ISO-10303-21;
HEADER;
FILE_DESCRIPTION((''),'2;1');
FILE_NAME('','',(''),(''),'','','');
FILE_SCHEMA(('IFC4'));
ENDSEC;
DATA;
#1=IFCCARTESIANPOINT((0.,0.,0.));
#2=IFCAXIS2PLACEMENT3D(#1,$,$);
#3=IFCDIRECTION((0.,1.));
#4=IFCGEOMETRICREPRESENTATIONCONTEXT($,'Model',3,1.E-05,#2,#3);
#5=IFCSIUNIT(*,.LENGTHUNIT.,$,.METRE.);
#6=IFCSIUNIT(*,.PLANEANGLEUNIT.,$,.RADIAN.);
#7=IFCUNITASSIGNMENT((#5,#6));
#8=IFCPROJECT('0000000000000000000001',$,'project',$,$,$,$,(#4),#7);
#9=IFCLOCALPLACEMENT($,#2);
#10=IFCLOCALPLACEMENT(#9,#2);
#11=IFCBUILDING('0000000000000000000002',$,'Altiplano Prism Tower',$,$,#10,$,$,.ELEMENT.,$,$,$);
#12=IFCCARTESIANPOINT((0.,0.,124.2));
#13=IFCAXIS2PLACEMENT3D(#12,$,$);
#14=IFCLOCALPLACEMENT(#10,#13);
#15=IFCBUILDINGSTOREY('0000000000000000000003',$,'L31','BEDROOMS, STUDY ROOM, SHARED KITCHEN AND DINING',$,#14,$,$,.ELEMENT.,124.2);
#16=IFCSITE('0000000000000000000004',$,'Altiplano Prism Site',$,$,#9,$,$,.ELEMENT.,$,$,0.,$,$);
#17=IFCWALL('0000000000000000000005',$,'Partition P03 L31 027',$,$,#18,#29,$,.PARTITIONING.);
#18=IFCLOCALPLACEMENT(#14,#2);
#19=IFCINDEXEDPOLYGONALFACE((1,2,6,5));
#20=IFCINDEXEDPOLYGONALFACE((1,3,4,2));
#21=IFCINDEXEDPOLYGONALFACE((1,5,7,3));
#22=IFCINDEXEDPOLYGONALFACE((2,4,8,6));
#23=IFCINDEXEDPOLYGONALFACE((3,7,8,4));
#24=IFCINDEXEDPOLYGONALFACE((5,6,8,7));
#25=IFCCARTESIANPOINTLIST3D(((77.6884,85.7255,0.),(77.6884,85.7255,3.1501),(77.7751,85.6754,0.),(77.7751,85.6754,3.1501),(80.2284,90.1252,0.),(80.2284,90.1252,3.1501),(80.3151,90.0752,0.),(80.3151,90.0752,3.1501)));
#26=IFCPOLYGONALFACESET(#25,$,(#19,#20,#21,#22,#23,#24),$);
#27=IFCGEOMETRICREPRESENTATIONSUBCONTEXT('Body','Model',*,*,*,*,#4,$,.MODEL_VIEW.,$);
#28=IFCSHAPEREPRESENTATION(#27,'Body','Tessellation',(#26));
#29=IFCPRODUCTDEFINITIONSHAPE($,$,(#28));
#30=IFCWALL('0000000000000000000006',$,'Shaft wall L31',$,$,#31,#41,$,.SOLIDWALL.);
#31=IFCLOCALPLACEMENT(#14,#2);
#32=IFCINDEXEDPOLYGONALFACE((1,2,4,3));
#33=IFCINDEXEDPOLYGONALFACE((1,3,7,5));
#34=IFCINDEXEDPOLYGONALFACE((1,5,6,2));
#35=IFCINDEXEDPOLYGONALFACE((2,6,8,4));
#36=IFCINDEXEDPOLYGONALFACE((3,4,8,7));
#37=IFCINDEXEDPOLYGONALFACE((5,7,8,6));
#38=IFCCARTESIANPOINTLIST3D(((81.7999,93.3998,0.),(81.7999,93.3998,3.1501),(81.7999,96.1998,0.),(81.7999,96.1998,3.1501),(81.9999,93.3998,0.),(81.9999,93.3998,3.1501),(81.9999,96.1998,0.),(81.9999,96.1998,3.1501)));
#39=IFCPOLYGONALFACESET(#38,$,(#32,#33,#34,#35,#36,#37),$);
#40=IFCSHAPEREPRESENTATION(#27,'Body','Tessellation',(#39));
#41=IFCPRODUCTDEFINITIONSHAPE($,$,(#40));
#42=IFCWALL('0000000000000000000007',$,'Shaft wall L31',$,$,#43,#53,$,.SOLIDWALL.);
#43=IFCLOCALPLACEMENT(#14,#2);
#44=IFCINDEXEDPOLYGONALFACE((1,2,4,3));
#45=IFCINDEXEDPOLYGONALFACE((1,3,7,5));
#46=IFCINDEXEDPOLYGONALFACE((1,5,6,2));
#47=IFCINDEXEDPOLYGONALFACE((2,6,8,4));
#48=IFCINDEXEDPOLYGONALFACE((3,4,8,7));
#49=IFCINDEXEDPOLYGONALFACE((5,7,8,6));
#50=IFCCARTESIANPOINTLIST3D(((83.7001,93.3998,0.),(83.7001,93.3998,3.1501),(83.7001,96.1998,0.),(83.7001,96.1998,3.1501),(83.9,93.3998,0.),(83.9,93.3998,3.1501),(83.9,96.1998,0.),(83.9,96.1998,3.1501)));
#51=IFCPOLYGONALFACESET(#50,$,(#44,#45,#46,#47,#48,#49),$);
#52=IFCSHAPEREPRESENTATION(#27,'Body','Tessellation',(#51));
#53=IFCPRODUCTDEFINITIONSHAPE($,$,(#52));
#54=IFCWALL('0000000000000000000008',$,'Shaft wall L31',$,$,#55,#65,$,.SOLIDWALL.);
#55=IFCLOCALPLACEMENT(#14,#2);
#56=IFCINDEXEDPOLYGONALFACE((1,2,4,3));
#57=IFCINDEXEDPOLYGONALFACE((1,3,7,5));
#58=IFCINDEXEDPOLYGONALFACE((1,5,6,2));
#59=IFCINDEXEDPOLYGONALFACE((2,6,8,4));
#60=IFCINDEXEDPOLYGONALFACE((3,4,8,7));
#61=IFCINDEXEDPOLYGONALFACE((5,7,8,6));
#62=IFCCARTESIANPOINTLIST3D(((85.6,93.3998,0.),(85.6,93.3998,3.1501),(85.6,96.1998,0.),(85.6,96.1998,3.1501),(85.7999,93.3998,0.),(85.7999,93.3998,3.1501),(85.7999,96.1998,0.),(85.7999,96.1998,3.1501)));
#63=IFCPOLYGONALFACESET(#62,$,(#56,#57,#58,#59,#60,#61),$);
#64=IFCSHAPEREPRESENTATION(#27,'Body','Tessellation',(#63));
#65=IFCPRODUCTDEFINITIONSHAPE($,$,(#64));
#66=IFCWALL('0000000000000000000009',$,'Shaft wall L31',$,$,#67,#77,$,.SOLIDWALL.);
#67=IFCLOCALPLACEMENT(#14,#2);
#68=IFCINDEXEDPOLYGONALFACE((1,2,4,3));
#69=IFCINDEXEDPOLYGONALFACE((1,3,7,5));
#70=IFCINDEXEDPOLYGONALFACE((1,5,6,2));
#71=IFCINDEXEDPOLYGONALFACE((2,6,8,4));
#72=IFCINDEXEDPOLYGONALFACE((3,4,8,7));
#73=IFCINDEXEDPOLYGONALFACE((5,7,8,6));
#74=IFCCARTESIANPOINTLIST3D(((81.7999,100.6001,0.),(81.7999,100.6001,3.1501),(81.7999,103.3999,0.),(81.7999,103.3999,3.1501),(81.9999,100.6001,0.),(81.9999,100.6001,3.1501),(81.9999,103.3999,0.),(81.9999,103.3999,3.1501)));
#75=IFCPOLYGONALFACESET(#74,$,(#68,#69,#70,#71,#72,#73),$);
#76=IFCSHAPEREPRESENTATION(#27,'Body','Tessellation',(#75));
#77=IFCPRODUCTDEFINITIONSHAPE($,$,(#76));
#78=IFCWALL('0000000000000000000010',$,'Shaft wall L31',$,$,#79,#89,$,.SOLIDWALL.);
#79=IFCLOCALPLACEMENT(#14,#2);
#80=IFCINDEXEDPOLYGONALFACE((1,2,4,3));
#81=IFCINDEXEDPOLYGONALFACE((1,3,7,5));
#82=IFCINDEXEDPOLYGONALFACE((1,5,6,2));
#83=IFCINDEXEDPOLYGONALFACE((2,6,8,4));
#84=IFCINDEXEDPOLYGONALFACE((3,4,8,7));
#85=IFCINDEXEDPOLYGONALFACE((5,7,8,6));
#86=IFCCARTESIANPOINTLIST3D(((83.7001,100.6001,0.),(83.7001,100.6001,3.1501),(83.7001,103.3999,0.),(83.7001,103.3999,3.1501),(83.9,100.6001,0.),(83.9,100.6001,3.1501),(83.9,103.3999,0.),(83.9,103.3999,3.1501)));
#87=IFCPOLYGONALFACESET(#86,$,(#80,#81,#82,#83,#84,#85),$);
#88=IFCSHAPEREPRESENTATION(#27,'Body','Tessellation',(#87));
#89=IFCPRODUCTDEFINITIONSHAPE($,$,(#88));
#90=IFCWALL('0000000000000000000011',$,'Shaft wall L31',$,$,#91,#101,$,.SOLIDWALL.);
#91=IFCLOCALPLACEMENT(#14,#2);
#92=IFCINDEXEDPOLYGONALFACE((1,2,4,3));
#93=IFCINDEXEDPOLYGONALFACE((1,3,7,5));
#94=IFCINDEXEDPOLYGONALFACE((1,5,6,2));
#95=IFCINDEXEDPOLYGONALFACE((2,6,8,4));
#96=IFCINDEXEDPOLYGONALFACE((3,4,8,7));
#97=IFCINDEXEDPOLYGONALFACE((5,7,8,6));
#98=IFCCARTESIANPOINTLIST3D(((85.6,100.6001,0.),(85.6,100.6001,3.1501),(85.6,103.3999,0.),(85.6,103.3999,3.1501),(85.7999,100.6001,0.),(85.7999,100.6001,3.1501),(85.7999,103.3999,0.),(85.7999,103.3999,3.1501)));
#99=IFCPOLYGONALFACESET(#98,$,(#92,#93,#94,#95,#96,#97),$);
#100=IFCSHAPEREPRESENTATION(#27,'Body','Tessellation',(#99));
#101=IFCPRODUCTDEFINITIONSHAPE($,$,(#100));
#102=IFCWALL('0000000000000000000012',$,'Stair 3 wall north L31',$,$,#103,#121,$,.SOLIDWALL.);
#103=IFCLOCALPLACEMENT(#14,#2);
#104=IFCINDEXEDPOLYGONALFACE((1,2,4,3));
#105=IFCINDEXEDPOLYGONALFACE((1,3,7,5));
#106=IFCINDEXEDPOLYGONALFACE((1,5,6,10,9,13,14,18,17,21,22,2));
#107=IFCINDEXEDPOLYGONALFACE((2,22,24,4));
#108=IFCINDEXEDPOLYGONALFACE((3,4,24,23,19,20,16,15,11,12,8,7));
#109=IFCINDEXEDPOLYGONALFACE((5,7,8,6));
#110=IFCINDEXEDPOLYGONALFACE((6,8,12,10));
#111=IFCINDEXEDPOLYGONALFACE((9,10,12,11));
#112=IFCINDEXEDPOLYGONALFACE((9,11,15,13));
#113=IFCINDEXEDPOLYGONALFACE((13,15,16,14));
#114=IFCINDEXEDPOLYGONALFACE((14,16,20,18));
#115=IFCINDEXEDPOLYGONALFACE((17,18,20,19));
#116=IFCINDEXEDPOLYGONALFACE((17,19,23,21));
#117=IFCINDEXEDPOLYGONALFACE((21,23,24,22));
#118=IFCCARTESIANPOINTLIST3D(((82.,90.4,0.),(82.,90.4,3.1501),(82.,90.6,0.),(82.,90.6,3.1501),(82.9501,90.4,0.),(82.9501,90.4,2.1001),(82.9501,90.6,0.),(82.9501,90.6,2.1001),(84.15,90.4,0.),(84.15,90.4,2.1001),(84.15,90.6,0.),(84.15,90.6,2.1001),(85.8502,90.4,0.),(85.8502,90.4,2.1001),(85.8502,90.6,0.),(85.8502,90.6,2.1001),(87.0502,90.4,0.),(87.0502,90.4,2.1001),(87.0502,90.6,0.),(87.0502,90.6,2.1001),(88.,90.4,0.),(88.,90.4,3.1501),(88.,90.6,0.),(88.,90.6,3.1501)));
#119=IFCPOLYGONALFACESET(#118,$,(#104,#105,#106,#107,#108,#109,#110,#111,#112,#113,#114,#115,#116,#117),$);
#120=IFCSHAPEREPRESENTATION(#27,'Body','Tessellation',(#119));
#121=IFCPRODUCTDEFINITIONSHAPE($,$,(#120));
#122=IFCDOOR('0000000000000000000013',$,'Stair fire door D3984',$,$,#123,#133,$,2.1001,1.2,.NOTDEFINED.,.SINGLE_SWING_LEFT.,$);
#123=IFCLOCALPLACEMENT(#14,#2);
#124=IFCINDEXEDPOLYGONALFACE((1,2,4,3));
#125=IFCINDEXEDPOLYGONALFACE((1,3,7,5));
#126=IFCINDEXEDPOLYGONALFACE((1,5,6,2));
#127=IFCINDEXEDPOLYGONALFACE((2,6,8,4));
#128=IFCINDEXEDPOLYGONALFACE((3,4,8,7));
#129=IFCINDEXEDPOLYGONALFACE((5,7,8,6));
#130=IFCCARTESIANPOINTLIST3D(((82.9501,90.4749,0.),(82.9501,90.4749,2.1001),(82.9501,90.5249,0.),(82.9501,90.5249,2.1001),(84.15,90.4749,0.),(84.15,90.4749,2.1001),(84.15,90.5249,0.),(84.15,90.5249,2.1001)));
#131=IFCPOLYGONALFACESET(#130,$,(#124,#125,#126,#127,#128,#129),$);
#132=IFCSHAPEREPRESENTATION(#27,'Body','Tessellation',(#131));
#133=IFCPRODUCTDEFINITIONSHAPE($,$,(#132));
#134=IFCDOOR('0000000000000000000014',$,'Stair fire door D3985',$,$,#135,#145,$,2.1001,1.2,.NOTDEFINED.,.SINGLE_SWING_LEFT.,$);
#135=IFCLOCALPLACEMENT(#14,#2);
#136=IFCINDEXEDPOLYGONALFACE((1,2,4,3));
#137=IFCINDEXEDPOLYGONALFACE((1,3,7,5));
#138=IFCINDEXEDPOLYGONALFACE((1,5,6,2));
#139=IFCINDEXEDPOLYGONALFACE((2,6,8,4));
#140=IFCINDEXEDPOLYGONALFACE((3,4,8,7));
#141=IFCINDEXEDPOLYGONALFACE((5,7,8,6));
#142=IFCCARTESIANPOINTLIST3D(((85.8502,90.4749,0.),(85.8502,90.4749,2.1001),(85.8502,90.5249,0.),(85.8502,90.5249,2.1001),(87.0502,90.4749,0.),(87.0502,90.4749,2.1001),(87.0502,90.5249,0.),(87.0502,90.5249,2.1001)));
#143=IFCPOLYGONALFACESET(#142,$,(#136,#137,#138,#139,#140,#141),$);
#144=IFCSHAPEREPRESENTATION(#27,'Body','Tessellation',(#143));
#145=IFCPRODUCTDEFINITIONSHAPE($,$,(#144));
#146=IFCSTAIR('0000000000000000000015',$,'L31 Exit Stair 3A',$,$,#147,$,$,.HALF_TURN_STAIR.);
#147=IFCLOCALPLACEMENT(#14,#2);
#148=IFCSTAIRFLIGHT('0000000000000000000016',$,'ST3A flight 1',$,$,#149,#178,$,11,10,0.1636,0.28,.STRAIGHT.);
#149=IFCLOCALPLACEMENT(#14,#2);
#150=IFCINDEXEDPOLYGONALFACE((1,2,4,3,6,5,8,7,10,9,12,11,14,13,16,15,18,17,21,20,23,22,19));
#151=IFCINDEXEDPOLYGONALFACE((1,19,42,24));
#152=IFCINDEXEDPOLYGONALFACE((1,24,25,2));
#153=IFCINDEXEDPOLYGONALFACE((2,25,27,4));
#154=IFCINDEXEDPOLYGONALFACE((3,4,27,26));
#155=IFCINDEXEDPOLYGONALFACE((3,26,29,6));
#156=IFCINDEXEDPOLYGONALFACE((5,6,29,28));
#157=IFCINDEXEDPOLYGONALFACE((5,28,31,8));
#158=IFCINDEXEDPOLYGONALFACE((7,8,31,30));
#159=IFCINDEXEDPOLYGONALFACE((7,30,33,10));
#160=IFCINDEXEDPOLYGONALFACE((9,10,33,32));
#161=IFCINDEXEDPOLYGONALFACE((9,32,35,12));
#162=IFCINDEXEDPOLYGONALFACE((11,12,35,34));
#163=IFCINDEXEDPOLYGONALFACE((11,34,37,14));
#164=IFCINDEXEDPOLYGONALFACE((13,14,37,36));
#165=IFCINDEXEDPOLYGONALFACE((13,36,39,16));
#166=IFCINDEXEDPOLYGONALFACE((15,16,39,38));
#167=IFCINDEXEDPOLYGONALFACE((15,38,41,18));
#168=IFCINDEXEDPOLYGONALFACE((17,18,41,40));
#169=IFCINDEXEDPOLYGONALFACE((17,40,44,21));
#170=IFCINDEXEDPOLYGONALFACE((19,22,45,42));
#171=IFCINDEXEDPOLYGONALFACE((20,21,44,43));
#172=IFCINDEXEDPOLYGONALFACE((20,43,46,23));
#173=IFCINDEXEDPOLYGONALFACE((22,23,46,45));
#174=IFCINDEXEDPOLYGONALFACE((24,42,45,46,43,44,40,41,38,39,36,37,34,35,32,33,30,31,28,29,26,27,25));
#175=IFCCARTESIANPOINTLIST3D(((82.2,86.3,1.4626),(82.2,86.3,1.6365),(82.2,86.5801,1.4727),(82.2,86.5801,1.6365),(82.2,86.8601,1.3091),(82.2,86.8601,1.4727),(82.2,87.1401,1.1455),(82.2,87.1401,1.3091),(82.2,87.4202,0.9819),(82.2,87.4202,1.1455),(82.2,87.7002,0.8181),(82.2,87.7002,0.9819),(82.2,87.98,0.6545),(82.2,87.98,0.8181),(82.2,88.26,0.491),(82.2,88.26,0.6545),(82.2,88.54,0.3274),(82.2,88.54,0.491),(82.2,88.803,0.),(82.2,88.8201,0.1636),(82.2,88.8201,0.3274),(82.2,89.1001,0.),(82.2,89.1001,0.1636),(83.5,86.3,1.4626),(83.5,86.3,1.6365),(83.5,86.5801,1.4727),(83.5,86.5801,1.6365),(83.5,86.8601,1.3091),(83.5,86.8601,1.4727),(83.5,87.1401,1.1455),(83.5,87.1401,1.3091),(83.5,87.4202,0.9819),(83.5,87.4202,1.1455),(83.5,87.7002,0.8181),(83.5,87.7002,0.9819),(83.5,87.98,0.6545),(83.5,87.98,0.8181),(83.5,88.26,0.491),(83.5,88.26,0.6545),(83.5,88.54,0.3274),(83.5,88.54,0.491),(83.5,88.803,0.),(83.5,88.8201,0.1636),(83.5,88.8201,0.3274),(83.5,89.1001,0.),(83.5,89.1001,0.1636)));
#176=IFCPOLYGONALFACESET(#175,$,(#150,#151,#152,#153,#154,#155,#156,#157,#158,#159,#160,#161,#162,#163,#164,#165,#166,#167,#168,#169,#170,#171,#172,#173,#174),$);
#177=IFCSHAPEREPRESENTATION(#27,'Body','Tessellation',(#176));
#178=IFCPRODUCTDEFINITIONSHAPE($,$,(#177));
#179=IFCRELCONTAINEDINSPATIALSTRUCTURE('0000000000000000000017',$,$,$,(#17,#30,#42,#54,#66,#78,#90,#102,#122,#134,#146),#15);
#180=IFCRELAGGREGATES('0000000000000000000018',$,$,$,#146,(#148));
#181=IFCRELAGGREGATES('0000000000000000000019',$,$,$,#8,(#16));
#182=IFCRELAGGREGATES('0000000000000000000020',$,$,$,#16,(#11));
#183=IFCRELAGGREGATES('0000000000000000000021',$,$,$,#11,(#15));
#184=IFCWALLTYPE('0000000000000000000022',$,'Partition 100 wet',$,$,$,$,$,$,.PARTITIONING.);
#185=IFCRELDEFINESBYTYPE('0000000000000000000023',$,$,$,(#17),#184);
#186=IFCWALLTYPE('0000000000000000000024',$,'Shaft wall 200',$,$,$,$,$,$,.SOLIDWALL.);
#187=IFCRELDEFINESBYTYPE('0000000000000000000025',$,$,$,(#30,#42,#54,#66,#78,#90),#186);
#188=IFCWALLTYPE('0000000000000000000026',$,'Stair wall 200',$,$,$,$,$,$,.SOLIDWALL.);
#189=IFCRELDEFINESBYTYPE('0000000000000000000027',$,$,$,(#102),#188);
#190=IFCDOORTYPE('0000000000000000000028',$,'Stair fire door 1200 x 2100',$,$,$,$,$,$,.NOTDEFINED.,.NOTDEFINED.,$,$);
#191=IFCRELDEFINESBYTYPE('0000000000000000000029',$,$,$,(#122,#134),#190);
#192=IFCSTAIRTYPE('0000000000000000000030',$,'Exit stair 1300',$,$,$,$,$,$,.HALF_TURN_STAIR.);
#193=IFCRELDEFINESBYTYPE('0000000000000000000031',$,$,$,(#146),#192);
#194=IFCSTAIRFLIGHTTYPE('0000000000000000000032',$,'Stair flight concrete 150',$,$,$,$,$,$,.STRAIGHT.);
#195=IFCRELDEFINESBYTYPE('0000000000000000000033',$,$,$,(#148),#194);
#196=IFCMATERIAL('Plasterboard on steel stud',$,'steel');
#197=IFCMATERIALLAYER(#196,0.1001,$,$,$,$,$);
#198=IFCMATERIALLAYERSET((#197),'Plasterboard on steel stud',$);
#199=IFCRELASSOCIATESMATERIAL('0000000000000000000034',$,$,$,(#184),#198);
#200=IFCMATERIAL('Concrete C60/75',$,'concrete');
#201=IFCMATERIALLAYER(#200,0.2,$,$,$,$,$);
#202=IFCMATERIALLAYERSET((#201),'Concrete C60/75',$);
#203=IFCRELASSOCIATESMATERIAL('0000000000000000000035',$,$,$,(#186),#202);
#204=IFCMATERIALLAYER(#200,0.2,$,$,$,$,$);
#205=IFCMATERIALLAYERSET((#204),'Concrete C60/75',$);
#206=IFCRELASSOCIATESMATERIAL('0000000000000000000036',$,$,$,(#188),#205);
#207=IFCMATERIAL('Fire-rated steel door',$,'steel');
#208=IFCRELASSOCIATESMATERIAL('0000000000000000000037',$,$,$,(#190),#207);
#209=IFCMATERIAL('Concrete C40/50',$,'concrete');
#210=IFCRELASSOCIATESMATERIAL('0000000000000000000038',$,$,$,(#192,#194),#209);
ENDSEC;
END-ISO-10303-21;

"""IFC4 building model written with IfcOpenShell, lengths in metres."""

from ifc_helpers import new_model, si_unit, direction, frame, frame_2d, origin, place, context, subcontext, project, spatial, polyline, rectangle, outline, extrude, material, layer, layer_set, type_object, element, fill, aggregate, save


model = new_model("IFC4")

# Units and contexts
model_context = context("Model", 3, precision=1e-05, world=origin(), true_north=direction((0.0, 1.0)))
body_context = subcontext(model_context, "Body", "Model", "MODEL_VIEW")
ifc_project = project(units=[si_unit("LENGTHUNIT", "METRE"), si_unit("PLANEANGLEUNIT", "RADIAN")], contexts=[model_context])

# Site, building, storey
site_placement = place(None, origin())
site = spatial("IfcSite", under=ifc_project, at=site_placement, Name="Altiplano Prism Site", CompositionType="ELEMENT", RefElevation=0.0)
building_placement = place(site_placement, origin())
building = spatial("IfcBuilding", under=site, at=building_placement, Name="Altiplano Prism Tower", CompositionType="ELEMENT")
storey_placement = place(building_placement, frame((0.0, 0.0, 124.2)))
storey = spatial("IfcBuildingStorey", under=building, at=storey_placement, Name="L31", Description="BEDROOMS, STUDY ROOM, SHARED KITCHEN AND DINING", CompositionType="ELEMENT", Elevation=124.2)

# Walls
ifc_material_1 = material(Name="Plasterboard on steel stud", Category="steel")
ifc_layer_1 = layer(ifc_material_1, 0.1001)
ifc_layer_set_1 = layer_set([ifc_layer_1], Name="Plasterboard on steel stud")
wall_type_1 = type_object("IfcWallType", Name="Partition 100 wet", PredefinedType="PARTITIONING", material=ifc_layer_set_1)
wall_1_placement = place(storey_placement, frame((80.2717, 90.1001, 0.0), z_axis=(0.0, 0.0, 1.0), x_axis=(-0.499985, -0.866034, 0.0)))
element("IfcWall", 1, at=wall_1_placement, inside=storey, type_object=wall_type_1, Name="Partition P03 L31 027", PredefinedType="PARTITIONING", context=body_context, shape_type="SweptSolid", body=[
    extrude(rectangle(XDim=5.0803, YDim=0.1001, at=frame_2d((2.54, 0.0))), origin(), (0.0, 0.0, 1.0), 3.1501),
])
ifc_material_2 = material(Name="Concrete C60/75", Category="concrete")
ifc_layer_2 = layer(ifc_material_2, 0.2)
ifc_layer_set_2 = layer_set([ifc_layer_2], Name="Concrete C60/75")
wall_type_2 = type_object("IfcWallType", Name="Shaft wall 200", PredefinedType="SOLIDWALL", material=ifc_layer_set_2)
for number, where, z_axis, x_axis, name in (
    (2, (81.8999, 93.3999, 0.0), (0.0, 0.0, 1.0), (0.0, 1.0, 0.0), "Shaft wall L31"),
    (3, (83.8, 93.3999, 0.0), (0.0, 0.0, 1.0), (0.0, 1.0, 0.0), "Shaft wall L31"),
    (4, (85.7, 93.3999, 0.0), (0.0, 0.0, 1.0), (0.0, 1.0, 0.0), "Shaft wall L31"),
):
    element("IfcWall", number, at=place(storey_placement, frame(where, z_axis=z_axis, x_axis=x_axis)), inside=storey, type_object=wall_type_2, Name=name, PredefinedType="SOLIDWALL", context=body_context, shape_type="SweptSolid", body=[
        extrude(rectangle(XDim=2.8, YDim=0.2, at=frame_2d((1.3999, 0.0))), origin(), (0.0, 0.0, 1.0), 3.1501),
    ])
for number, where, z_axis, x_axis, name in (
    (5, (81.8999, 100.6001, 0.0), (0.0, 0.0, 1.0), (0.0, 1.0, 0.0), "Shaft wall L31"),
    (6, (83.8, 100.6001, 0.0), (0.0, 0.0, 1.0), (0.0, 1.0, 0.0), "Shaft wall L31"),
    (7, (85.7, 100.6001, 0.0), (0.0, 0.0, 1.0), (0.0, 1.0, 0.0), "Shaft wall L31"),
):
    element("IfcWall", number, at=place(storey_placement, frame(where, z_axis=z_axis, x_axis=x_axis)), inside=storey, type_object=wall_type_2, Name=name, PredefinedType="SOLIDWALL", context=body_context, shape_type="SweptSolid", body=[
        extrude(rectangle(XDim=2.7998, YDim=0.2, at=frame_2d((1.3999, 0.0))), origin(), (0.0, 0.0, 1.0), 3.1501),
    ])

# Wall, openings, doors
ifc_layer_3 = layer(ifc_material_2, 0.2)
ifc_layer_set_3 = layer_set([ifc_layer_3], Name="Concrete C60/75")
wall_type_3 = type_object("IfcWallType", Name="Stair wall 200", PredefinedType="SOLIDWALL", material=ifc_layer_set_3)
wall_2_placement = place(storey_placement, frame((82.0, 90.5, 0.0), z_axis=(0.0, 0.0, 1.0), x_axis=(1.0, 0.0, 0.0)))
wall_2 = element("IfcWall", 8, at=wall_2_placement, inside=storey, type_object=wall_type_3, Name="Stair 3 wall north L31", PredefinedType="SOLIDWALL", context=body_context, shape_type="SweptSolid", body=[
    extrude(rectangle(XDim=6.0, YDim=0.2, at=frame_2d((3.0, 0.0))), origin(), (0.0, 0.0, 1.0), 3.1501),
])
opening_1_placement = place(wall_2_placement, frame((0.95, 0.0, 0.0)))
opening_1 = element("IfcOpeningElement", 9, at=opening_1_placement, cuts=wall_2, PredefinedType="OPENING", context=body_context, shape_type="SweptSolid", body=[
    extrude(rectangle(XDim=1.2, YDim=2.1001, at=frame_2d((0.6001, 1.05))), frame((0.0, 0.1104, 0.0), z_axis=(0.0, -1.0, 0.0), x_axis=(1.0, 0.0, 0.0)), (0.0, 0.0, 1.0), 0.2209),
])
opening_2_placement = place(wall_2_placement, frame((3.8501, 0.0, 0.0)))
opening_2 = element("IfcOpeningElement", 10, at=opening_2_placement, cuts=wall_2, PredefinedType="OPENING", context=body_context, shape_type="SweptSolid", body=[
    extrude(rectangle(XDim=1.2, YDim=2.1001, at=frame_2d((0.6001, 1.05))), frame((0.0, 0.1104, 0.0), z_axis=(0.0, -1.0, 0.0), x_axis=(1.0, 0.0, 0.0)), (0.0, 0.0, 1.0), 0.2209),
])
ifc_material_3 = material(Name="Fire-rated steel door", Category="steel")
door_type = type_object("IfcDoorType", Name="Stair fire door 1200 x 2100", OperationType="NOTDEFINED", PredefinedType="NOTDEFINED", material=ifc_material_3)
door_1_placement = place(opening_1_placement, origin())
door_1 = element("IfcDoor", 11, at=door_1_placement, inside=storey, type_object=door_type, Name="Stair fire door D3984", OperationType="SINGLE_SWING_LEFT", OverallHeight=2.1001, OverallWidth=1.2, PredefinedType="NOTDEFINED", context=body_context, shape_type="SweptSolid", body=[
    extrude(rectangle(XDim=1.2, YDim=2.1001, at=frame_2d((0.6001, 1.05))), frame((0.0, 0.0249, 0.0), z_axis=(0.0, -1.0, 0.0), x_axis=(1.0, 0.0, 0.0)), (0.0, 0.0, 1.0), 0.05),
])
fill(opening_1, door_1)
door_2_placement = place(opening_2_placement, origin())
door_2 = element("IfcDoor", 12, at=door_2_placement, inside=storey, type_object=door_type, Name="Stair fire door D3985", OperationType="SINGLE_SWING_LEFT", OverallHeight=2.1001, OverallWidth=1.2, PredefinedType="NOTDEFINED", context=body_context, shape_type="SweptSolid", body=[
    extrude(rectangle(XDim=1.2, YDim=2.1001, at=frame_2d((0.6001, 1.05))), frame((0.0, 0.0249, 0.0), z_axis=(0.0, -1.0, 0.0), x_axis=(1.0, 0.0, 0.0)), (0.0, 0.0, 1.0), 0.05),
])
fill(opening_2, door_2)

# Stair, stair flight
ifc_material_4 = material(Name="Concrete C40/50", Category="concrete")
stair_type = type_object("IfcStairType", Name="Exit stair 1300", PredefinedType="HALF_TURN_STAIR", material=ifc_material_4)
stair_1_placement = place(storey_placement, origin())
stair_1 = element("IfcStair", 13, at=stair_1_placement, inside=storey, type_object=stair_type, Name="L31 Exit Stair 3A", PredefinedType="HALF_TURN_STAIR")
stair_flight_type = type_object("IfcStairFlightType", Name="Stair flight concrete 150", PredefinedType="STRAIGHT", material=ifc_material_4)
stair_flight_1_placement = place(storey_placement, frame((82.8501, 89.1001, 0.0), z_axis=(0.0, 0.0, 1.0), x_axis=(0.0, -1.0, 0.0)))
stair_flight_1 = element("IfcStairFlight", 14, at=stair_flight_1_placement, type_object=stair_flight_type, Name="ST3A flight 1", NumberOfRisers=11, NumberOfTreads=10, PredefinedType="STRAIGHT", RiserHeight=0.1636, TreadLength=0.28, context=body_context, shape_type="SweptSolid", body=[
    extrude(outline(polyline([(0.0, 0.0), (0.0, 0.1636), (0.28, 0.1636), (0.28, 0.3274), (0.5601, 0.3274), (0.5601, 0.491), (0.8401, 0.491), (0.8401, 0.6545), (1.1201, 0.6545), (1.1201, 0.8181), (1.3999, 0.8181), (1.3999, 0.9819), (1.6799, 0.9819), (1.6799, 1.1455), (1.96, 1.1455), (1.96, 1.3091), (2.24, 1.3091), (2.24, 1.4727), (2.52, 1.4727), (2.52, 1.6365), (2.8, 1.6365), (2.8, 1.8), (2.8, 1.4626), (0.2971, 0.0), (0.0, 0.0)])), frame((0.0, 0.6499, 0.0), z_axis=(0.0, -1.0, 0.0), x_axis=(1.0, 0.0, 0.0)), (0.0, 0.0, 1.0), 1.3),
])
aggregate(stair_1, [stair_flight_1])

save(model, "model.ifc")
